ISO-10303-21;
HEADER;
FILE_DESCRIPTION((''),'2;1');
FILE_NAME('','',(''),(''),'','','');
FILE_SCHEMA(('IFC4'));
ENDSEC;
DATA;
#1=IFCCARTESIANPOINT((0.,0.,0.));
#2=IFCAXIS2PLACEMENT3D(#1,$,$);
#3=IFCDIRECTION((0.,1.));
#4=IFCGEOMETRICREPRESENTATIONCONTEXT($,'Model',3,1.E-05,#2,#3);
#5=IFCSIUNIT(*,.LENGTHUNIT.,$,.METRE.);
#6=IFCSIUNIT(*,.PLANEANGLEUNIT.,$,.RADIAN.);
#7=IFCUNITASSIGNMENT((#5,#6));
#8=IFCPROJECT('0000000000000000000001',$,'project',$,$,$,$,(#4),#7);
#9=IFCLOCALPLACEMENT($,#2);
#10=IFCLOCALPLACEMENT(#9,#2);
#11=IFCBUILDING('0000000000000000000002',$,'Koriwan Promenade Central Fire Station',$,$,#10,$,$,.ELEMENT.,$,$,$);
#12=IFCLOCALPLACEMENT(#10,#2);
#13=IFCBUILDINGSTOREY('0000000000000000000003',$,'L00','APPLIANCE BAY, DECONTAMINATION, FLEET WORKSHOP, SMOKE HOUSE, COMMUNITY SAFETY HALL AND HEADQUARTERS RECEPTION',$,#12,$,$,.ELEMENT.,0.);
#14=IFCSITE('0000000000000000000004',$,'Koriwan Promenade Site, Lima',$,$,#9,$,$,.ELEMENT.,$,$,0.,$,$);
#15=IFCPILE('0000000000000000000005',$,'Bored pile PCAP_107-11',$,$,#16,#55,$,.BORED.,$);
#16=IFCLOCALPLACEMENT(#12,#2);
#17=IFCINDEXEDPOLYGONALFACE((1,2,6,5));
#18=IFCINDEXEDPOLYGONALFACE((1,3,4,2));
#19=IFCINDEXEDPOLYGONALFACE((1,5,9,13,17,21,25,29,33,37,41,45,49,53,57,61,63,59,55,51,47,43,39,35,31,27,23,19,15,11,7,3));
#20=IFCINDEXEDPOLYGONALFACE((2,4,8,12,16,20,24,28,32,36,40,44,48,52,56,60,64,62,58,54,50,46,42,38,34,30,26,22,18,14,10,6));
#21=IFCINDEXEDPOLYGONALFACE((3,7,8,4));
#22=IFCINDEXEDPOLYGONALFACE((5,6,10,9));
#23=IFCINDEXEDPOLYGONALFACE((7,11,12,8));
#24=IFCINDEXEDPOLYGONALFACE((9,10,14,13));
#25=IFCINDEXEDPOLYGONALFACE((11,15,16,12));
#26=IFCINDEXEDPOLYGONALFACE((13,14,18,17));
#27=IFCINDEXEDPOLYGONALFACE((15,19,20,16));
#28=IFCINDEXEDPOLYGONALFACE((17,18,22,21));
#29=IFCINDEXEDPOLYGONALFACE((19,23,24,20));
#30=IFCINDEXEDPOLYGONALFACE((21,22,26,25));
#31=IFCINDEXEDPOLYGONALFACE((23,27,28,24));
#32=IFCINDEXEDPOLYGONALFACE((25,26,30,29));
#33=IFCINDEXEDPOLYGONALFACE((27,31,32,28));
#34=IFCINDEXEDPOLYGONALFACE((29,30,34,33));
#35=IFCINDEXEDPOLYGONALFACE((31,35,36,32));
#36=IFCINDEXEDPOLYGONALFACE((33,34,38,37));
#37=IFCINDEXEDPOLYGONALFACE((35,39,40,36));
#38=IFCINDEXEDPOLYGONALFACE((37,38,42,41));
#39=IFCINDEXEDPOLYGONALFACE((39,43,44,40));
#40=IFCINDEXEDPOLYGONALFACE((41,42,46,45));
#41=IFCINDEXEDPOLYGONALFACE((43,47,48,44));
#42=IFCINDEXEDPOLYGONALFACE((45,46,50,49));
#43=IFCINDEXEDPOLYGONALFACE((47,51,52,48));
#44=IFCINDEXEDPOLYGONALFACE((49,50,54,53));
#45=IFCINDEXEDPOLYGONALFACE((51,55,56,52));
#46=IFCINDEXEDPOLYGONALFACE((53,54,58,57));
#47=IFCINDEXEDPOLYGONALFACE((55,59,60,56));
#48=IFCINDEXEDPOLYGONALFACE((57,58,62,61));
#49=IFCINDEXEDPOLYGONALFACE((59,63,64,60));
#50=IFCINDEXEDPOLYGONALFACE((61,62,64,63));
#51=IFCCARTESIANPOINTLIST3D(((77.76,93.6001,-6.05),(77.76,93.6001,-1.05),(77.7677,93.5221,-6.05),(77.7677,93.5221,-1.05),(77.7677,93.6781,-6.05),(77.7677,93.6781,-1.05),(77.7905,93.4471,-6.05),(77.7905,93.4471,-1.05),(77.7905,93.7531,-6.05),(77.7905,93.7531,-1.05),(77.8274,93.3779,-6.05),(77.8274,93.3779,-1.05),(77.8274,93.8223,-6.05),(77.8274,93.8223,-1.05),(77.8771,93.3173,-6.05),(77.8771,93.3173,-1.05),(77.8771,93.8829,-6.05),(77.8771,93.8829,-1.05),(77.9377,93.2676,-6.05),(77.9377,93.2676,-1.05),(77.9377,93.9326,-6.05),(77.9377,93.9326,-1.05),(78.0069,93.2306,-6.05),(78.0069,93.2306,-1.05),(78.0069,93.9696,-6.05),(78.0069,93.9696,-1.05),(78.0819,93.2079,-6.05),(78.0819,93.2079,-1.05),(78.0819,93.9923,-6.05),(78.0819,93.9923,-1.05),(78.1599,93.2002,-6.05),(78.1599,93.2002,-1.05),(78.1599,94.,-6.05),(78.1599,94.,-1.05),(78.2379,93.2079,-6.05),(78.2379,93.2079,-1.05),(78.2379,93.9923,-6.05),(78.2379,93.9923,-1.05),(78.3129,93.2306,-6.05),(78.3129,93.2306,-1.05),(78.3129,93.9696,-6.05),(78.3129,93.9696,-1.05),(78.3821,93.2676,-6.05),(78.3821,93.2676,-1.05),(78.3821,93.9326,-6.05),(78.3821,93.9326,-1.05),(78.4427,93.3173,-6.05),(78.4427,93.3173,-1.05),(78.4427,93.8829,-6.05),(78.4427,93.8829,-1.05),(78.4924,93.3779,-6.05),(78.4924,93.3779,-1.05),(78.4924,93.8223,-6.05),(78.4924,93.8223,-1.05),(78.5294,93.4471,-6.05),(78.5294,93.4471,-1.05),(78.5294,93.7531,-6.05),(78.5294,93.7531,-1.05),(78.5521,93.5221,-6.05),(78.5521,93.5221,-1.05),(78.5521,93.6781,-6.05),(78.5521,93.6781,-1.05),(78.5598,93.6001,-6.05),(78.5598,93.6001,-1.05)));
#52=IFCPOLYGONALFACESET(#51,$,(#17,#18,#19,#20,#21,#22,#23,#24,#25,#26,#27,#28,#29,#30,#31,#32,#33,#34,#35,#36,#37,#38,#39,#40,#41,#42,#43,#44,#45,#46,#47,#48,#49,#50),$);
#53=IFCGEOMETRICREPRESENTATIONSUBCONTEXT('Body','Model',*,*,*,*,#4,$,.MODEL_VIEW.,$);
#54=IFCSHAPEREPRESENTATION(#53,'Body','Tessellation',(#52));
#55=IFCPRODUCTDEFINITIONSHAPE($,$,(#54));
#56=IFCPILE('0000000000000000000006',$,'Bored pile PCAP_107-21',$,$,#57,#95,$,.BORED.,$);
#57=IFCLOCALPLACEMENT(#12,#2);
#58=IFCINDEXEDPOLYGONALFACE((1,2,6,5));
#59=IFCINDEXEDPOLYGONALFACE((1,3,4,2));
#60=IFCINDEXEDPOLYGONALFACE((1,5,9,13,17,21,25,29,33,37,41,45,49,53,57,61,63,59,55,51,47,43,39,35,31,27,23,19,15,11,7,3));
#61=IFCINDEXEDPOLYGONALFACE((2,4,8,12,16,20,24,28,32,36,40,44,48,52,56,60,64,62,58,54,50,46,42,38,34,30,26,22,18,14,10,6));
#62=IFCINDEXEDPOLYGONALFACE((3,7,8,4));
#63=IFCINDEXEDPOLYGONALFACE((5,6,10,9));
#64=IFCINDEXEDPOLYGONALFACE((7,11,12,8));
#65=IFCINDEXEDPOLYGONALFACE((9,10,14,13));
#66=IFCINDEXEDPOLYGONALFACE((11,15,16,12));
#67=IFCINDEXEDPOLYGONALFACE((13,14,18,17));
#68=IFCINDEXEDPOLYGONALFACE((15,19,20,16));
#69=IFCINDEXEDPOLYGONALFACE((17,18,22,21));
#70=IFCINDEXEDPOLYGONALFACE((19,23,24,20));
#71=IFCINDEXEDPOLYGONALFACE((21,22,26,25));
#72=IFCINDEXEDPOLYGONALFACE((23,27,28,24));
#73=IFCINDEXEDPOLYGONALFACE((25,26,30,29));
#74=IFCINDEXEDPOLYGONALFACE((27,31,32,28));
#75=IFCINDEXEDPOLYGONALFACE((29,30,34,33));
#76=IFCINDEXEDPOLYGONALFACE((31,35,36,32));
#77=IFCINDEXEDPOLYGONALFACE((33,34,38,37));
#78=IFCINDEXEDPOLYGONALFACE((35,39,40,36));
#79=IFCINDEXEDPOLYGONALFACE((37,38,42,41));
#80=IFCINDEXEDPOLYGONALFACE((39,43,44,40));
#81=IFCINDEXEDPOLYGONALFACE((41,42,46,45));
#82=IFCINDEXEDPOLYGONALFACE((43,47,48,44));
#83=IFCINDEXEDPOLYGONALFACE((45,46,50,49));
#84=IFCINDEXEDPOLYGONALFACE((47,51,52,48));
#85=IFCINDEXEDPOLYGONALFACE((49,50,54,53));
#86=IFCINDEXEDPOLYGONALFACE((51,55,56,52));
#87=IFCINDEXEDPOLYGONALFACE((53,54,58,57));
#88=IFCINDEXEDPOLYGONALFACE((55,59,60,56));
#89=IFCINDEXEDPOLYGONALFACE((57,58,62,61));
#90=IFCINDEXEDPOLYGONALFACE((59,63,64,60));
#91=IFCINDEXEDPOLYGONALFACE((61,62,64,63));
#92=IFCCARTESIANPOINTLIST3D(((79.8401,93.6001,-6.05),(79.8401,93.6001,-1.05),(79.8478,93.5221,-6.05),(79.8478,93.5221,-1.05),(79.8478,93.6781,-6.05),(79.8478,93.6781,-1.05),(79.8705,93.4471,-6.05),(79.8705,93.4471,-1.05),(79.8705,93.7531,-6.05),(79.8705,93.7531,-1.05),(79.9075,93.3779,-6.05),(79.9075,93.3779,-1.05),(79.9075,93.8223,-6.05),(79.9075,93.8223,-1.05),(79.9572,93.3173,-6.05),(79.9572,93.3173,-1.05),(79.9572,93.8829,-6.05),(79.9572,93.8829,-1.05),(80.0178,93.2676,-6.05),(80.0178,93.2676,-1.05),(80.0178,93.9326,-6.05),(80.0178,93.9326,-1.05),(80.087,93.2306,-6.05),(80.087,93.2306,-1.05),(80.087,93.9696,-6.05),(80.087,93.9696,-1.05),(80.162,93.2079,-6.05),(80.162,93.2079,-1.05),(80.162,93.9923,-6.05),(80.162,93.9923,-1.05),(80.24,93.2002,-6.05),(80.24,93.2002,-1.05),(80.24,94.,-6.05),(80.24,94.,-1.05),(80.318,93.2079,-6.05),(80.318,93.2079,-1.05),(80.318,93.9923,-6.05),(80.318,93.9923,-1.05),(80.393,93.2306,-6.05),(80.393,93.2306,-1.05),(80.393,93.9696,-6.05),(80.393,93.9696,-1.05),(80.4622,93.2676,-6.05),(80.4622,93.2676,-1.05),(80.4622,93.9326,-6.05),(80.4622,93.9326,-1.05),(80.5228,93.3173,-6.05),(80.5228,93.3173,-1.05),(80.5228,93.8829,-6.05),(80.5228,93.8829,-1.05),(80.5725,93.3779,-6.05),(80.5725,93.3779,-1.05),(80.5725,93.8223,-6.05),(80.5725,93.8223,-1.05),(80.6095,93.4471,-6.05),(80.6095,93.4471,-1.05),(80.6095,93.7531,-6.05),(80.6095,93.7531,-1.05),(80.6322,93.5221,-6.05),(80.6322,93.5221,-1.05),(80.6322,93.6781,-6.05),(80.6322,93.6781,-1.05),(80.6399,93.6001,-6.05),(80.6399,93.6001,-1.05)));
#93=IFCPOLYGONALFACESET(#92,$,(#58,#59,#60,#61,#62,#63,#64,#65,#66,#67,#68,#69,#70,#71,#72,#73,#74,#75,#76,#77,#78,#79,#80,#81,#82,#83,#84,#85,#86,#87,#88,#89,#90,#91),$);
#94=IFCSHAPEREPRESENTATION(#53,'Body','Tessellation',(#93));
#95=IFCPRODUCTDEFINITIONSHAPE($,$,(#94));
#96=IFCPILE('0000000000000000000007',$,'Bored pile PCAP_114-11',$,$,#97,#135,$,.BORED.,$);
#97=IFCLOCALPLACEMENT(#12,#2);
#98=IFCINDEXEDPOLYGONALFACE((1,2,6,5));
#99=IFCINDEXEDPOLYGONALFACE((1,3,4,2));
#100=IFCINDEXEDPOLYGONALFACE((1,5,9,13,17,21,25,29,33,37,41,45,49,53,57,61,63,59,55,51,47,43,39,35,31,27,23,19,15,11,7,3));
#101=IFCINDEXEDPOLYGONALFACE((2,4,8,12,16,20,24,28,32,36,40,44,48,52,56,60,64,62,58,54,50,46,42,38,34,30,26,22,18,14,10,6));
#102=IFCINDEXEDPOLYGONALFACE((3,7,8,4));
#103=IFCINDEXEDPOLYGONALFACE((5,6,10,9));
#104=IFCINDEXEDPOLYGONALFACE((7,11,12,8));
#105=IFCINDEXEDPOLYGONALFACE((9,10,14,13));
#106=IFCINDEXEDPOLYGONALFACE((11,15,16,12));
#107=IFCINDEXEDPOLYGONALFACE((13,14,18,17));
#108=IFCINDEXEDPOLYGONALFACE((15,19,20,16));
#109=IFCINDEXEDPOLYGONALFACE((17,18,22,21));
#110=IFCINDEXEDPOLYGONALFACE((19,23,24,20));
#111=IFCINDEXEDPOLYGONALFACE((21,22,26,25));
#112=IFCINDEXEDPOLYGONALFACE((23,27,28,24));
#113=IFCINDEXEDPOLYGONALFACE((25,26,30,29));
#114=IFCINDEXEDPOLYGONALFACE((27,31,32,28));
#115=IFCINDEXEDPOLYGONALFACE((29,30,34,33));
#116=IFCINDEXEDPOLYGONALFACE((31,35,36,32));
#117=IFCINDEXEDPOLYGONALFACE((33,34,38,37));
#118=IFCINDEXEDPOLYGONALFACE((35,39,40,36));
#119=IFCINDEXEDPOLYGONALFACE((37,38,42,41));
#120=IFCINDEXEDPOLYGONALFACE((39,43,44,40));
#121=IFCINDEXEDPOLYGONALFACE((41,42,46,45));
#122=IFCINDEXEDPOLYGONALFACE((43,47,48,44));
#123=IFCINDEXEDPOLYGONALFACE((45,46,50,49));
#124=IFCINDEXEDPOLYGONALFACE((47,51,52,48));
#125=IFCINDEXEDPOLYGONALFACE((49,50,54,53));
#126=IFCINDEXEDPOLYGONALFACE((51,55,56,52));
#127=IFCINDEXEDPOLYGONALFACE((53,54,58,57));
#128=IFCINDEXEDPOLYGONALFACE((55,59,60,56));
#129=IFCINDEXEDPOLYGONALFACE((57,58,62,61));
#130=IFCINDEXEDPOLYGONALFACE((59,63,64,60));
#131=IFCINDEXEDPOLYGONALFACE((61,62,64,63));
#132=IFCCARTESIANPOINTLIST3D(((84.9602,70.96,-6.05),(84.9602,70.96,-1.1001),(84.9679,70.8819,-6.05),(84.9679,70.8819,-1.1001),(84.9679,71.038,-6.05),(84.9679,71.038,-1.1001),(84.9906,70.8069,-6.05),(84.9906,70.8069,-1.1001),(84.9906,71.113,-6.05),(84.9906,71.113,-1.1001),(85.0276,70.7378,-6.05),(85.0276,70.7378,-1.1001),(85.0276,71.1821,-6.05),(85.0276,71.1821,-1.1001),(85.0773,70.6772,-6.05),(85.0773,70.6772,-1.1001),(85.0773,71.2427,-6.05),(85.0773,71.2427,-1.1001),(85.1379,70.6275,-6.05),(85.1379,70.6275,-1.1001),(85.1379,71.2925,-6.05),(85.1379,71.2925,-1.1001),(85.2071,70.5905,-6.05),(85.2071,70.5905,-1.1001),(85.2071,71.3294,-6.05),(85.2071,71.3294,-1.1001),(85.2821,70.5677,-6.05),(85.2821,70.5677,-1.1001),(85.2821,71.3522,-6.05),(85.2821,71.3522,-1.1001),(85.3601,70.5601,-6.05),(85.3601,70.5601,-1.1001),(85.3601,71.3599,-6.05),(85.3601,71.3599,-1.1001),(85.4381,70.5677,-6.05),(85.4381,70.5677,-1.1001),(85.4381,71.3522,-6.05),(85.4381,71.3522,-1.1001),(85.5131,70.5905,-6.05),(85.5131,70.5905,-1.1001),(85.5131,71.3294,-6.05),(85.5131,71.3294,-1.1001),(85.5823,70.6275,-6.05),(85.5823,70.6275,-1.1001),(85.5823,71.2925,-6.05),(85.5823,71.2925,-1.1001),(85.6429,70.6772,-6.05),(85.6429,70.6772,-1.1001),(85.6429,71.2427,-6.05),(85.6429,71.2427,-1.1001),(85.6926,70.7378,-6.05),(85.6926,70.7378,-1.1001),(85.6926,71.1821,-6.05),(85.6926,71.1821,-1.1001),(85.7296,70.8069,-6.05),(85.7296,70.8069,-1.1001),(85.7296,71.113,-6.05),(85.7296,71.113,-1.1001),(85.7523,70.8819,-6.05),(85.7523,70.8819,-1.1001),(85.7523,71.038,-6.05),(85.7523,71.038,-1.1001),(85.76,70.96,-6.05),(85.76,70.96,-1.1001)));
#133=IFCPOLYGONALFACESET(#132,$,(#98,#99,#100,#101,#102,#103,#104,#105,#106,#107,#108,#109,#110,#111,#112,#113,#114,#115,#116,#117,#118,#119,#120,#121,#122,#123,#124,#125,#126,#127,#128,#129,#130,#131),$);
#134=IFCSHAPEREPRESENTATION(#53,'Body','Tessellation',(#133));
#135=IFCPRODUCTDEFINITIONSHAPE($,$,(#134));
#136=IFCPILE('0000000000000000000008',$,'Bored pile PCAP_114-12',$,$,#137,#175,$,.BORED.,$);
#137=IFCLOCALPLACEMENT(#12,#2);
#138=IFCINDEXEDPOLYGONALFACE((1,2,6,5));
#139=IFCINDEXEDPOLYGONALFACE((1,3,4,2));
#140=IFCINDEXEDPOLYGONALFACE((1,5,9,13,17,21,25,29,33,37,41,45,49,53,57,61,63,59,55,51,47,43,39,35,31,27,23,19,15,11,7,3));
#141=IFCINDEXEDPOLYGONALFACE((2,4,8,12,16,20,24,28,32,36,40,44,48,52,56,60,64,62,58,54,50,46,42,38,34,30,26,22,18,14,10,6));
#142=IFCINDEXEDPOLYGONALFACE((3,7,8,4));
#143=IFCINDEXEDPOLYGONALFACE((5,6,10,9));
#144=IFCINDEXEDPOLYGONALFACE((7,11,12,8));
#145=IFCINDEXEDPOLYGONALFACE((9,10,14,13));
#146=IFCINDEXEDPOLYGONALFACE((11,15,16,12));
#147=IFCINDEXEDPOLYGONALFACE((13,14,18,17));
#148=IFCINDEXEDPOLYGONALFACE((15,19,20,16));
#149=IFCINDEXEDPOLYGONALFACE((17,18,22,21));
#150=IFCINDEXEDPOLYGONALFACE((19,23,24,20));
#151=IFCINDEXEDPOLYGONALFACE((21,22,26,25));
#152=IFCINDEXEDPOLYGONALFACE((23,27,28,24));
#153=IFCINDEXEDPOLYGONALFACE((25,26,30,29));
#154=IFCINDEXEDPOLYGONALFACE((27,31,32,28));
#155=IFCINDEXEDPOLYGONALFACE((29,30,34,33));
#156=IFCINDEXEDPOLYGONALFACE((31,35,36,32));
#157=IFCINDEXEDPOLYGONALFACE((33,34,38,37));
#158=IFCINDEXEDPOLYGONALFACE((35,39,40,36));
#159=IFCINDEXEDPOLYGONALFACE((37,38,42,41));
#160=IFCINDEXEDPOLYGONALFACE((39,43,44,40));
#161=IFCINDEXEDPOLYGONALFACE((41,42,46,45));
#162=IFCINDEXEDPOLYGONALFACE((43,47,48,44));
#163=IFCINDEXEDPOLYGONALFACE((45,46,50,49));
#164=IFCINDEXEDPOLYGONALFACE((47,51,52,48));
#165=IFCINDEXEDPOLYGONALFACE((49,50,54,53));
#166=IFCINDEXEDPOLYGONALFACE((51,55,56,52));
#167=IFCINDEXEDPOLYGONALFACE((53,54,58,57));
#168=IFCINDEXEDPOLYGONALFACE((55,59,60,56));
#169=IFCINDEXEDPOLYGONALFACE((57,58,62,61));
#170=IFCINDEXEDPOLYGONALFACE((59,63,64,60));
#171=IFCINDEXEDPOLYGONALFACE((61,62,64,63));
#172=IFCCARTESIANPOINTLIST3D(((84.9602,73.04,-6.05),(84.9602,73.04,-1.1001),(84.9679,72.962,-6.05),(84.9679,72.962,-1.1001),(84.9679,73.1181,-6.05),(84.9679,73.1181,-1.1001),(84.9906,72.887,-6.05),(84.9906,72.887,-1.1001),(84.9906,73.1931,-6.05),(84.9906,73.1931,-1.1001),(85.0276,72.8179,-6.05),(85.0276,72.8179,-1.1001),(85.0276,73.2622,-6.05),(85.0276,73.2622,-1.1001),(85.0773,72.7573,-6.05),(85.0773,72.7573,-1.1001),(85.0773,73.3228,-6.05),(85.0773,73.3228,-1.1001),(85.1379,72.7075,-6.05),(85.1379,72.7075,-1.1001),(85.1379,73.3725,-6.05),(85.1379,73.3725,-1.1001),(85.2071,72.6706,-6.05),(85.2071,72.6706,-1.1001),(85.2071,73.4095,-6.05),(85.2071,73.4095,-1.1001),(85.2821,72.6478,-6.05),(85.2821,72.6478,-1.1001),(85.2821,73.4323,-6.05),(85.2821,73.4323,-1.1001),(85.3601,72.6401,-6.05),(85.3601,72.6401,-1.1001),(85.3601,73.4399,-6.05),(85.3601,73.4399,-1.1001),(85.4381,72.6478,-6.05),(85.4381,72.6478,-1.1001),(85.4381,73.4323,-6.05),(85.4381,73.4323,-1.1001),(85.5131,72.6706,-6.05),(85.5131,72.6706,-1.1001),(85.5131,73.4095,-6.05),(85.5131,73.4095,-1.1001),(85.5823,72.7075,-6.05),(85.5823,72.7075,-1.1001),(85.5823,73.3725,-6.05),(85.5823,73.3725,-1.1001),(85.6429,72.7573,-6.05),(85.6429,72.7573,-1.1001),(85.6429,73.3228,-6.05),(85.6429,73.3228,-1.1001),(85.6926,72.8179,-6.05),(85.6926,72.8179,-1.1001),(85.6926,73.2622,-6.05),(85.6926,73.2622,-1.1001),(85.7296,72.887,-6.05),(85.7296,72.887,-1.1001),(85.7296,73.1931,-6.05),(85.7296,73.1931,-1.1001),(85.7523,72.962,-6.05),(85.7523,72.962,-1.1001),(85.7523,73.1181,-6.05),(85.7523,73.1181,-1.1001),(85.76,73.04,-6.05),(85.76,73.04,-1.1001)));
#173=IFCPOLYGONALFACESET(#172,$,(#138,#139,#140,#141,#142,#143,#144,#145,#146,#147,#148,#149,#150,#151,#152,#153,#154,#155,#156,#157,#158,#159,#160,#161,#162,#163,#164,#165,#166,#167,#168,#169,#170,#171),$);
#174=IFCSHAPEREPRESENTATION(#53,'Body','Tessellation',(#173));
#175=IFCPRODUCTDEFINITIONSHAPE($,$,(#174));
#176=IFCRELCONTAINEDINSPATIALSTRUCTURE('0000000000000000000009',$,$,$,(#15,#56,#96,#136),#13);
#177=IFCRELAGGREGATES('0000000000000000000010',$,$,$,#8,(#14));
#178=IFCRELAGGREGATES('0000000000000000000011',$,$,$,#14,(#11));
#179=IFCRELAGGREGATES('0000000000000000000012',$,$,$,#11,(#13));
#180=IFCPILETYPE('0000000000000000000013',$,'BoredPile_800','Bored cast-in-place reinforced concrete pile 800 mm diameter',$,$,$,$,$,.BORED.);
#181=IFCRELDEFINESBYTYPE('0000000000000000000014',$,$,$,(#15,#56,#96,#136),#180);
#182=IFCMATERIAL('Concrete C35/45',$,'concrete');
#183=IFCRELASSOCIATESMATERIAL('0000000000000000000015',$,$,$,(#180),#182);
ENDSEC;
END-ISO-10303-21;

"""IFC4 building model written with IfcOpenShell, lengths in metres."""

from ifc_helpers import new_model, si_unit, direction, frame, origin, origin_2d, place, context, subcontext, project, spatial, circle, extrude, material, material_profile, profile_set, type_object, element, save


model = new_model("IFC4")

# Units and contexts
model_context = context("Model", 3, precision=1e-05, world=origin(), true_north=direction((0.0, 1.0)))
body_context = subcontext(model_context, "Body", "Model", "MODEL_VIEW")
ifc_project = project(units=[si_unit("LENGTHUNIT", "METRE"), si_unit("PLANEANGLEUNIT", "RADIAN")], contexts=[model_context])

# Site, building, storey
site_placement = place(None, origin())
site = spatial("IfcSite", under=ifc_project, at=site_placement, Name="Koriwan Promenade Site, Lima", CompositionType="ELEMENT", RefElevation=0.0)
building_placement = place(site_placement, origin())
building = spatial("IfcBuilding", under=site, at=building_placement, Name="Koriwan Promenade Central Fire Station", CompositionType="ELEMENT")
storey_placement = place(building_placement, origin())
storey = spatial("IfcBuildingStorey", under=building, at=storey_placement, Name="L00", Description="APPLIANCE BAY, DECONTAMINATION, FLEET WORKSHOP, SMOKE HOUSE, COMMUNITY SAFETY HALL AND HEADQUARTERS RECEPTION", CompositionType="ELEMENT", Elevation=0.0)

# Piles
ifc_material_1 = material(Name="Concrete C35/45", Category="concrete")
ifc_material_profile_1 = material_profile(ifc_material_1, circle(Radius=0.3999, at=origin_2d()), Name="PILE-D800")
ifc_profile_set_1 = profile_set([ifc_material_profile_1], Name="Concrete C35/45")
pile_type = type_object("IfcPileType", Name="BoredPile_800", Description="Bored cast-in-place reinforced concrete pile 800 mm diameter", PredefinedType="BORED", material=ifc_profile_set_1)
for number, where, z_axis, x_axis, name in (
    (1, (78.1599, 93.6001, -1.05), (0.0, 0.0, -1.0), (1.0, 0.0, 0.0), "Bored pile PCAP_107-11"),
    (2, (80.24, 93.6001, -1.05), (0.0, 0.0, -1.0), (1.0, 0.0, 0.0), "Bored pile PCAP_107-21"),
):
    element("IfcPile", number, at=place(storey_placement, frame(where, z_axis=z_axis, x_axis=x_axis)), inside=storey, type_object=pile_type, Name=name, PredefinedType="BORED", context=body_context, shape_type="SweptSolid", body=[
        extrude(circle(Radius=0.3999, at=origin_2d()), origin(), (0.0, 0.0, 1.0), 5.0),
    ])
for number, where, z_axis, x_axis, name in (
    (3, (85.3601, 70.96, -1.1001), (0.0, 0.0, -1.0), (1.0, 0.0, 0.0), "Bored pile PCAP_114-11"),
    (4, (85.3601, 73.04, -1.1001), (0.0, 0.0, -1.0), (1.0, 0.0, 0.0), "Bored pile PCAP_114-12"),
):
    element("IfcPile", number, at=place(storey_placement, frame(where, z_axis=z_axis, x_axis=x_axis)), inside=storey, type_object=pile_type, Name=name, PredefinedType="BORED", context=body_context, shape_type="SweptSolid", body=[
        extrude(circle(Radius=0.3999, at=origin_2d()), origin(), (0.0, 0.0, 1.0), 4.95),
    ])

save(model, "model.ifc")
